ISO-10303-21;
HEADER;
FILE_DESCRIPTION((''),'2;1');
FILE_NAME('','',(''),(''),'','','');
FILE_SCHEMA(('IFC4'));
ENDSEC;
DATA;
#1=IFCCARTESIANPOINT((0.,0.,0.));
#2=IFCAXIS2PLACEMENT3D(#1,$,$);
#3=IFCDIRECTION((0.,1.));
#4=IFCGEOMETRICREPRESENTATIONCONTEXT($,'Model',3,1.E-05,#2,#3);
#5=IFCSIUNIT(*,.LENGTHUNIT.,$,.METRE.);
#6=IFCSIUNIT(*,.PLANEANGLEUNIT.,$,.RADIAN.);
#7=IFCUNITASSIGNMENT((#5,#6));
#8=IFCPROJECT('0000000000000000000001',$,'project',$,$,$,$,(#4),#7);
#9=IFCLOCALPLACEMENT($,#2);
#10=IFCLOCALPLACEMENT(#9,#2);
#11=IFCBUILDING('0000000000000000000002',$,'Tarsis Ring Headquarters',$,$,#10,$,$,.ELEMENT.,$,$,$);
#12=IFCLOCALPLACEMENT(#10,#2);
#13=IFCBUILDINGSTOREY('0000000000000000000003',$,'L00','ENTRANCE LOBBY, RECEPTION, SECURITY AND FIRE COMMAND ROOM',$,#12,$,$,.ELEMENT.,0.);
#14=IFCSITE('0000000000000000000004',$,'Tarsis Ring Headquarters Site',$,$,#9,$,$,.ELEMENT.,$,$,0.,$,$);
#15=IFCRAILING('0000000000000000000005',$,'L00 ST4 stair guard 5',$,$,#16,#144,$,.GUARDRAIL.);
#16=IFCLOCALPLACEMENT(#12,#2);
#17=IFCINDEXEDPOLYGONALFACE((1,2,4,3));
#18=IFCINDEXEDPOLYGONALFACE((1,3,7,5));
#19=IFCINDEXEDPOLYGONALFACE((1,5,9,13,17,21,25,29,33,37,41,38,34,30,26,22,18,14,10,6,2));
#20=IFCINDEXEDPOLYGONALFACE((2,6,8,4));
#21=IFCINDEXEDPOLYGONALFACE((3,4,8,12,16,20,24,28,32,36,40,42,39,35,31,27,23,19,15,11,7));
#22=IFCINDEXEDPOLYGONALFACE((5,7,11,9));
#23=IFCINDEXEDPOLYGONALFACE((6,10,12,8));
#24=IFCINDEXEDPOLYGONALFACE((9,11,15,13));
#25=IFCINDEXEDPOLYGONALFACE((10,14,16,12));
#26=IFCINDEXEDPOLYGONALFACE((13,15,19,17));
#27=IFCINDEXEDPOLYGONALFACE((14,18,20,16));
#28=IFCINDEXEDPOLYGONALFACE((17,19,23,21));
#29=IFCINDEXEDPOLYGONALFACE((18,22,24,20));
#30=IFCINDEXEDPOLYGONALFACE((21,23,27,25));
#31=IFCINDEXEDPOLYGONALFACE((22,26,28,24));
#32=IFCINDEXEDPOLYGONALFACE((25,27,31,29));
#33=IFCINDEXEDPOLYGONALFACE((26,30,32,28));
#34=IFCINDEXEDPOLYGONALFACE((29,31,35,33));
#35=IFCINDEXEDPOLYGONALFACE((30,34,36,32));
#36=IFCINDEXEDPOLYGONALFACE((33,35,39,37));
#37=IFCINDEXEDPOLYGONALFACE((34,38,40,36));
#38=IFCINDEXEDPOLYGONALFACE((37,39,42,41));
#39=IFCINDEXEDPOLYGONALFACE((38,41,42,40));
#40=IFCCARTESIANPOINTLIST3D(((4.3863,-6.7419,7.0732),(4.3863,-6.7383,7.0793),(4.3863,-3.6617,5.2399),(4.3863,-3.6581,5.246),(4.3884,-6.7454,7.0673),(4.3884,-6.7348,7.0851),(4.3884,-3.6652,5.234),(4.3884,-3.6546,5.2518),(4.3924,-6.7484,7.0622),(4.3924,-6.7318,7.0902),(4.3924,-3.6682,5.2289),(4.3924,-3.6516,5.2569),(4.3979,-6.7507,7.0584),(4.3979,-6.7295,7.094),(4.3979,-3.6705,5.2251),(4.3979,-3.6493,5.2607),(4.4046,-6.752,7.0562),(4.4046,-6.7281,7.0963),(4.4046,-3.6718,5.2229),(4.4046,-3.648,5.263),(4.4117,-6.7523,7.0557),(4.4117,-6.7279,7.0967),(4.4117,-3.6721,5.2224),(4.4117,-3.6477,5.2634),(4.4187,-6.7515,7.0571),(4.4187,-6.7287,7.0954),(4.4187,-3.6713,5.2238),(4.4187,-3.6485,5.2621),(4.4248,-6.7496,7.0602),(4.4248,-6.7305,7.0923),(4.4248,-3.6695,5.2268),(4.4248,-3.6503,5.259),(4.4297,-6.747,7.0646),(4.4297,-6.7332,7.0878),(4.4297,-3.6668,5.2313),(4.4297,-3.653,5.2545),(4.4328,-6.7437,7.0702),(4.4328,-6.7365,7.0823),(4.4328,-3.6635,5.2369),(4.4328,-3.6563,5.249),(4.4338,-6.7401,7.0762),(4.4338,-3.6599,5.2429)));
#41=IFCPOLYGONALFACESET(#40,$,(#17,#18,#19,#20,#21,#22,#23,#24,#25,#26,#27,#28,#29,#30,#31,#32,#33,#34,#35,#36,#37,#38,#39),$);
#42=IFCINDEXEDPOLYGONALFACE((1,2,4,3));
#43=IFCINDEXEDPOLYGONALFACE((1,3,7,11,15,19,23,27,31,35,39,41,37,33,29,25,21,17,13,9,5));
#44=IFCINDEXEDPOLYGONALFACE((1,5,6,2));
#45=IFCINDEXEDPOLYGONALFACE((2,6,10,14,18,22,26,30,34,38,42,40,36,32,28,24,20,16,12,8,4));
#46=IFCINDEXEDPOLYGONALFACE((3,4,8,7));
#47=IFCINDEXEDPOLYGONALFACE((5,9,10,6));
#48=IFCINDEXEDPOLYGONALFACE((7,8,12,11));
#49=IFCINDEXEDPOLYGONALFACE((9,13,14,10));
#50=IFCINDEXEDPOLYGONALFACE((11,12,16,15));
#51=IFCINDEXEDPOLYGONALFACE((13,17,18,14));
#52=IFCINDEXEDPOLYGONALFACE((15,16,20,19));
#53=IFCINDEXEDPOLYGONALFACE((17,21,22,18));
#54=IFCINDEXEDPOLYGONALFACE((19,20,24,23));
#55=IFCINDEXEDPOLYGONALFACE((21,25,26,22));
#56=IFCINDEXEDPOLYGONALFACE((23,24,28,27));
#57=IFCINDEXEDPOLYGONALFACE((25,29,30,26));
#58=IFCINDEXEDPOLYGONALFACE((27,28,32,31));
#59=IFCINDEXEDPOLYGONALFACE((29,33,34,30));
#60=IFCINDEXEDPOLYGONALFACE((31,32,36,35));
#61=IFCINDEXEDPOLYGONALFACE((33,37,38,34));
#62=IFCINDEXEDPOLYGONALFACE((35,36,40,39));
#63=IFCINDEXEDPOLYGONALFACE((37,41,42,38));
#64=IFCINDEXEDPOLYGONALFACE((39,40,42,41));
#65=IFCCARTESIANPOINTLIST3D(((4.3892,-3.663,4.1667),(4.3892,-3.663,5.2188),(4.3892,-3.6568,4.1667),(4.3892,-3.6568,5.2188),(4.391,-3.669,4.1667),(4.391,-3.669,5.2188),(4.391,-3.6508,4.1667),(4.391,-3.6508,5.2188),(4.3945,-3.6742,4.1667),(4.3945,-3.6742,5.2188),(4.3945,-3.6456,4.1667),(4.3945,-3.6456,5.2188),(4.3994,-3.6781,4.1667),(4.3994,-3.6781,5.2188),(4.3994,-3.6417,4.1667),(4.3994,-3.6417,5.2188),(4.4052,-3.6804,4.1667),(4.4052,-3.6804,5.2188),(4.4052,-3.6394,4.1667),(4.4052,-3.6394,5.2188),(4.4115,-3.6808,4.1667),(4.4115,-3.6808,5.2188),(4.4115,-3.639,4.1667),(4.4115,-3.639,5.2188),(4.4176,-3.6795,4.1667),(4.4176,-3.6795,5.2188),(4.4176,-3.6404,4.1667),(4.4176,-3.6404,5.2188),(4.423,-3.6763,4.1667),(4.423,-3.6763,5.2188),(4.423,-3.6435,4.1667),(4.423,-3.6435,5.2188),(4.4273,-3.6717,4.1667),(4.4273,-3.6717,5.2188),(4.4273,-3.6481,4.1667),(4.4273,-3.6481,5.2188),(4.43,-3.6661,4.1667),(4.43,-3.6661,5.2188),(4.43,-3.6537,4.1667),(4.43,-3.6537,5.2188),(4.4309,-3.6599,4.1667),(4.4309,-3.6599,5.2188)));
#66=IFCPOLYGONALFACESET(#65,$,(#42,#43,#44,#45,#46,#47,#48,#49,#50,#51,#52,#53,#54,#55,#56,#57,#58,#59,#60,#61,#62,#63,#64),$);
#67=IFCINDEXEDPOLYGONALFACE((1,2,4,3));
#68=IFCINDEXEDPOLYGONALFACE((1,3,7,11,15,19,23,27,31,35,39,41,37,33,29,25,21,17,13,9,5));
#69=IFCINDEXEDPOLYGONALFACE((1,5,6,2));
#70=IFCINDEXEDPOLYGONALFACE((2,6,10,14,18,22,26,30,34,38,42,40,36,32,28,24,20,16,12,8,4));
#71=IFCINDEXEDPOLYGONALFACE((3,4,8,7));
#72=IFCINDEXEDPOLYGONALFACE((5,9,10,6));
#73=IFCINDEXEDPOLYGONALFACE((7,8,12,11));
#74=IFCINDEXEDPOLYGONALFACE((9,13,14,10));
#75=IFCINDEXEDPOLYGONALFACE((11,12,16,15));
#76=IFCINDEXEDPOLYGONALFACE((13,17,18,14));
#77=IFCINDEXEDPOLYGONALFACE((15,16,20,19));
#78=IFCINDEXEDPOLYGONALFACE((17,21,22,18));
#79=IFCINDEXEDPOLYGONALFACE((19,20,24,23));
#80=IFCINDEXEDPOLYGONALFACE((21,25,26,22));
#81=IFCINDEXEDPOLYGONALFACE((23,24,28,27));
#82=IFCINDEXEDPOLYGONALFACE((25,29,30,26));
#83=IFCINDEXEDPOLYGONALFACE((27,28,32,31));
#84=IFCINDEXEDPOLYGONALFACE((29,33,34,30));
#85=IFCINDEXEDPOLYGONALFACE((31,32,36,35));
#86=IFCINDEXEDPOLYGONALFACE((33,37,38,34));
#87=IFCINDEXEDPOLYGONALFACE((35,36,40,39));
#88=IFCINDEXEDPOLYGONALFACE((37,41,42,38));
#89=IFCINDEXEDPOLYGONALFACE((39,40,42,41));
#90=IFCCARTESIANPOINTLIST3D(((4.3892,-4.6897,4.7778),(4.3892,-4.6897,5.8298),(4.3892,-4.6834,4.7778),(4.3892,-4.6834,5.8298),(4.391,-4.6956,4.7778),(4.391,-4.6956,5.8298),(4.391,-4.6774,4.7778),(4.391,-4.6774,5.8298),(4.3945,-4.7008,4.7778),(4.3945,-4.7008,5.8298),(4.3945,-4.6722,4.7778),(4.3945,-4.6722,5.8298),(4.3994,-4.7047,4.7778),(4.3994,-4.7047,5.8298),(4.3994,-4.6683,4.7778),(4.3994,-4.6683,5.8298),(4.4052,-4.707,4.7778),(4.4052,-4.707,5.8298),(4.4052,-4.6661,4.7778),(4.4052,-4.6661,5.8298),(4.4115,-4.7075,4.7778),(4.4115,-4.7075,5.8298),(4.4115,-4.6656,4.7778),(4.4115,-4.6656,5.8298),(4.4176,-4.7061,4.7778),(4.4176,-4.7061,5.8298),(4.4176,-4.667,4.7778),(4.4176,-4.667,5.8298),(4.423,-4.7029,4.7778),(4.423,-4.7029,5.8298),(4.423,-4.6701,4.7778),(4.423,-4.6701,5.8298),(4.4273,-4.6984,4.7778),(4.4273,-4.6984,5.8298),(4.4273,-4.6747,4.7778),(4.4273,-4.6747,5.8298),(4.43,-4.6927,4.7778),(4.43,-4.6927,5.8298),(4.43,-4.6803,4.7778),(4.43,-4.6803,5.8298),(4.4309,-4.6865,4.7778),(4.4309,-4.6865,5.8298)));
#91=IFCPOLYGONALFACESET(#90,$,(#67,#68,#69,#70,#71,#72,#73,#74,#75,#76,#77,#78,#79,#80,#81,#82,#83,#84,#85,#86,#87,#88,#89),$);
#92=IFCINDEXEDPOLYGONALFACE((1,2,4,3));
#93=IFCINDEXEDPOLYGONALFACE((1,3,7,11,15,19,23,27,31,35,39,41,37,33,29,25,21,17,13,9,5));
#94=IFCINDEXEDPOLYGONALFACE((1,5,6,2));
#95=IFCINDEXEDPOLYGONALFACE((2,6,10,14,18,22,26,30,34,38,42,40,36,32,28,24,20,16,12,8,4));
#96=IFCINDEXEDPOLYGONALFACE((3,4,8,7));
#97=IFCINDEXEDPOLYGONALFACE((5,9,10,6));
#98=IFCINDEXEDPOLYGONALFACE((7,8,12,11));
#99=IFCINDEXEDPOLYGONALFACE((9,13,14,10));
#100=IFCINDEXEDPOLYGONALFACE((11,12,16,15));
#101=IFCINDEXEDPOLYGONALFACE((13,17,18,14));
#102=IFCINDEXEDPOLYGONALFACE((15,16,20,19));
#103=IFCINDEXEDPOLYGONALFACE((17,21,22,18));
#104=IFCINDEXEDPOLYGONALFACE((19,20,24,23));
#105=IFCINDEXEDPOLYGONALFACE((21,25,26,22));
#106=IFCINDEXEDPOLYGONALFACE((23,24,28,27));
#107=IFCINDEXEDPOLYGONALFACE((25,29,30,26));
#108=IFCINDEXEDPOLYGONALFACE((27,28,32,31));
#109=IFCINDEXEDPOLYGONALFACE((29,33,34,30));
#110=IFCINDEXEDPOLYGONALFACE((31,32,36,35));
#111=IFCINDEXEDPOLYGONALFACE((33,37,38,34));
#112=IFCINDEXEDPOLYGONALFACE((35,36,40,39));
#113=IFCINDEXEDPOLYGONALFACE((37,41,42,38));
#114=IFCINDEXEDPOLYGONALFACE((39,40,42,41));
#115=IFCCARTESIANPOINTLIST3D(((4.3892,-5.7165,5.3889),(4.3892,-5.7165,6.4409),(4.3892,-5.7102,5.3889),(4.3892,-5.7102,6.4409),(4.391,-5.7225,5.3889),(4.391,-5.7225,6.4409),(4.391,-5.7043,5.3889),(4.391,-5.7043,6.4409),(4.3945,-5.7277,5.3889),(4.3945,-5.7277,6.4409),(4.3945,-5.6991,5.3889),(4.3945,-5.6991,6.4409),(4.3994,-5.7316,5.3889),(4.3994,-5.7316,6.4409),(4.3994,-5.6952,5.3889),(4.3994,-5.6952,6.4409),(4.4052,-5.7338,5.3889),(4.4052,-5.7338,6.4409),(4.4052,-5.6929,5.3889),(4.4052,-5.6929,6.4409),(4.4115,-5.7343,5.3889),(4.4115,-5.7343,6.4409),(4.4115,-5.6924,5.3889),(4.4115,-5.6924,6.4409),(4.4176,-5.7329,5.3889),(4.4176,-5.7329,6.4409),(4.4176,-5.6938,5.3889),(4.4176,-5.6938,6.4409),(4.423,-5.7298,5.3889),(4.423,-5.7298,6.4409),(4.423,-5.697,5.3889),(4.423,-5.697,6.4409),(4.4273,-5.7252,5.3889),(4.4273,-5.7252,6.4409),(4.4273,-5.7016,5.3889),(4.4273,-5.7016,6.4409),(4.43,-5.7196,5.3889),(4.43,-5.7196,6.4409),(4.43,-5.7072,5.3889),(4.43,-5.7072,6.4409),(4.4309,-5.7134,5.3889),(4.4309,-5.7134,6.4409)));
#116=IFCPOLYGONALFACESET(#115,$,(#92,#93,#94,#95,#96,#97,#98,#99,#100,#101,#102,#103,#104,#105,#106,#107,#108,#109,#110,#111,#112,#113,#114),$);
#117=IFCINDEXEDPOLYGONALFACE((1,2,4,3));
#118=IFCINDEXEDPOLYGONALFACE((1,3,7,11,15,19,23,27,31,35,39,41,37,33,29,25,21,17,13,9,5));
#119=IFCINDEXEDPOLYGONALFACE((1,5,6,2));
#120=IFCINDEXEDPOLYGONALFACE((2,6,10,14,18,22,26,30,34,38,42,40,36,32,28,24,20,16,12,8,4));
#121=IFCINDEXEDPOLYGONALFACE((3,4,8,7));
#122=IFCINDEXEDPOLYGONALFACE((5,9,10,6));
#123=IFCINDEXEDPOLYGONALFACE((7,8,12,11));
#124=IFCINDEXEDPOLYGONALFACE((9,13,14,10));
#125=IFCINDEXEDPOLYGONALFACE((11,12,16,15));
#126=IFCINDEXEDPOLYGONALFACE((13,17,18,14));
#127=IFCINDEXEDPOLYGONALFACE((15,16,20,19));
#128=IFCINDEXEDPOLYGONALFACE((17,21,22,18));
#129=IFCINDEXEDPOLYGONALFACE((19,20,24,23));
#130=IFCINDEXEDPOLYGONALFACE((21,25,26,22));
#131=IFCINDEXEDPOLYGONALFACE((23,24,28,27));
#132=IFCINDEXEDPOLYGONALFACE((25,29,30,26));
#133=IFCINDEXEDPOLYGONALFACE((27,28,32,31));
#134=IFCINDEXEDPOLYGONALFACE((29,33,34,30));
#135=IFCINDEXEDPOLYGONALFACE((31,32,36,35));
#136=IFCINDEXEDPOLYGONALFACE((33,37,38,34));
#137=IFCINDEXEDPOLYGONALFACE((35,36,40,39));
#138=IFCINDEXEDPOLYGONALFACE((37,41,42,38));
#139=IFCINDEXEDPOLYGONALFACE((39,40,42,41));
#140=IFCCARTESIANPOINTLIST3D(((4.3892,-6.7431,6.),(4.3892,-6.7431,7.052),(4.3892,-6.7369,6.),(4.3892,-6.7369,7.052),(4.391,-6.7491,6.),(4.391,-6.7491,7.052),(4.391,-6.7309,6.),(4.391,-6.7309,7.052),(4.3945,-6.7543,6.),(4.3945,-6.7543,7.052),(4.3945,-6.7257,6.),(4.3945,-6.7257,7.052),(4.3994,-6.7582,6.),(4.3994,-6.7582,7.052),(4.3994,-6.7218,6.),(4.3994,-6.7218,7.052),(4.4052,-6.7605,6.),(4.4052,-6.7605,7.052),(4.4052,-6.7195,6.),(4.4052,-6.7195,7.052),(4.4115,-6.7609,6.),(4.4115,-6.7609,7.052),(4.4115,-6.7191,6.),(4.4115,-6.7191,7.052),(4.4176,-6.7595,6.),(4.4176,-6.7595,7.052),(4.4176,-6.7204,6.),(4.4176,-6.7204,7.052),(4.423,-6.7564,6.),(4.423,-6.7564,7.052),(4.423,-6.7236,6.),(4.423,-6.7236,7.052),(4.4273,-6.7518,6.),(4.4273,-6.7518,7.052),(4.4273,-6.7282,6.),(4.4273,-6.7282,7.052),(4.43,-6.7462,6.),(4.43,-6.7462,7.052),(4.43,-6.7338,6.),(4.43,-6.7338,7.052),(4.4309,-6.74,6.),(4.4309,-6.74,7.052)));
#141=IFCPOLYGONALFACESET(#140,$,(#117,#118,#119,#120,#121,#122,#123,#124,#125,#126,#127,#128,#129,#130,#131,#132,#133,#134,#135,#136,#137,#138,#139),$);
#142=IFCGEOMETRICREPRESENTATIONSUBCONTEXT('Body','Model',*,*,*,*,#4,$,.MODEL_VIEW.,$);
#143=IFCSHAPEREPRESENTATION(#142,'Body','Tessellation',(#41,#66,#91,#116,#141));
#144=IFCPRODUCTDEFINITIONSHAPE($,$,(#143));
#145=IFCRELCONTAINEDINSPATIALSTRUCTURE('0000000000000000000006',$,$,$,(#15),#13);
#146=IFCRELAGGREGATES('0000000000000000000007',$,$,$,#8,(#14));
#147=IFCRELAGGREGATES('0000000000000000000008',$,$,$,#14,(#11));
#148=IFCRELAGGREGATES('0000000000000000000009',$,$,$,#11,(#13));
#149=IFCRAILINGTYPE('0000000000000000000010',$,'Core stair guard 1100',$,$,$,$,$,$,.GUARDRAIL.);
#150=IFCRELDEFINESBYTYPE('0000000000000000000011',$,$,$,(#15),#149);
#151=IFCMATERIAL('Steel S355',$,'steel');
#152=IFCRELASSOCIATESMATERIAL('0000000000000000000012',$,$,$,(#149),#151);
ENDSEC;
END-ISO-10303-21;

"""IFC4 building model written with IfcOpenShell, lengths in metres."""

from ifc_helpers import new_model, si_unit, direction, frame, origin, origin_2d, place, context, subcontext, project, spatial, circle, extrude, material, type_object, element, save


model = new_model("IFC4")

# Units and contexts
model_context = context("Model", 3, precision=1e-05, world=origin(), true_north=direction((0.0, 1.0)))
body_context = subcontext(model_context, "Body", "Model", "MODEL_VIEW")
ifc_project = project(units=[si_unit("LENGTHUNIT", "METRE"), si_unit("PLANEANGLEUNIT", "RADIAN")], contexts=[model_context])

# Site, building, storey
site_placement = place(None, origin())
site = spatial("IfcSite", under=ifc_project, at=site_placement, Name="Tarsis Ring Headquarters Site", CompositionType="ELEMENT", RefElevation=0.0)
building_placement = place(site_placement, origin())
building = spatial("IfcBuilding", under=site, at=building_placement, Name="Tarsis Ring Headquarters", CompositionType="ELEMENT")
storey_placement = place(building_placement, origin())
storey = spatial("IfcBuildingStorey", under=building, at=storey_placement, Name="L00", Description="ENTRANCE LOBBY, RECEPTION, SECURITY AND FIRE COMMAND ROOM", CompositionType="ELEMENT", Elevation=0.0)

# Railing
ifc_material_1 = material(Name="Steel S355", Category="steel")
railing_type_1 = type_object("IfcRailingType", Name="Core stair guard 1100", PredefinedType="GUARDRAIL", material=ifc_material_1)
railing_1_placement = place(storey_placement, frame((4.4099, -3.6599, 4.1667)))
element("IfcRailing", 1, at=railing_1_placement, inside=storey, type_object=railing_type_1, Name="L00 ST4 stair guard 5", PredefinedType="GUARDRAIL", context=body_context, shape_type="SweptSolid", body=[
    extrude(circle(Radius=0.0239, at=origin_2d()), frame((0.0, 0.0, 1.0762), z_axis=(0.0, -0.859309, 0.511458), x_axis=(1.0, 0.0, 0.0)), (0.0, 0.0, 1.0), 3.5845),
    extrude(circle(Radius=0.021, at=origin_2d()), origin(), (0.0, 0.0, 1.0), 1.052),
    extrude(circle(Radius=0.021, at=origin_2d()), frame((0.0, -1.0266, 0.6111)), (0.0, 0.0, 1.0), 1.052),
    extrude(circle(Radius=0.021, at=origin_2d()), frame((0.0, -2.0535, 1.2222)), (0.0, 0.0, 1.0), 1.052),
    extrude(circle(Radius=0.021, at=origin_2d()), frame((0.0, -3.0801, 1.8333)), (0.0, 0.0, 1.0), 1.052),
])

save(model, "model.ifc")
